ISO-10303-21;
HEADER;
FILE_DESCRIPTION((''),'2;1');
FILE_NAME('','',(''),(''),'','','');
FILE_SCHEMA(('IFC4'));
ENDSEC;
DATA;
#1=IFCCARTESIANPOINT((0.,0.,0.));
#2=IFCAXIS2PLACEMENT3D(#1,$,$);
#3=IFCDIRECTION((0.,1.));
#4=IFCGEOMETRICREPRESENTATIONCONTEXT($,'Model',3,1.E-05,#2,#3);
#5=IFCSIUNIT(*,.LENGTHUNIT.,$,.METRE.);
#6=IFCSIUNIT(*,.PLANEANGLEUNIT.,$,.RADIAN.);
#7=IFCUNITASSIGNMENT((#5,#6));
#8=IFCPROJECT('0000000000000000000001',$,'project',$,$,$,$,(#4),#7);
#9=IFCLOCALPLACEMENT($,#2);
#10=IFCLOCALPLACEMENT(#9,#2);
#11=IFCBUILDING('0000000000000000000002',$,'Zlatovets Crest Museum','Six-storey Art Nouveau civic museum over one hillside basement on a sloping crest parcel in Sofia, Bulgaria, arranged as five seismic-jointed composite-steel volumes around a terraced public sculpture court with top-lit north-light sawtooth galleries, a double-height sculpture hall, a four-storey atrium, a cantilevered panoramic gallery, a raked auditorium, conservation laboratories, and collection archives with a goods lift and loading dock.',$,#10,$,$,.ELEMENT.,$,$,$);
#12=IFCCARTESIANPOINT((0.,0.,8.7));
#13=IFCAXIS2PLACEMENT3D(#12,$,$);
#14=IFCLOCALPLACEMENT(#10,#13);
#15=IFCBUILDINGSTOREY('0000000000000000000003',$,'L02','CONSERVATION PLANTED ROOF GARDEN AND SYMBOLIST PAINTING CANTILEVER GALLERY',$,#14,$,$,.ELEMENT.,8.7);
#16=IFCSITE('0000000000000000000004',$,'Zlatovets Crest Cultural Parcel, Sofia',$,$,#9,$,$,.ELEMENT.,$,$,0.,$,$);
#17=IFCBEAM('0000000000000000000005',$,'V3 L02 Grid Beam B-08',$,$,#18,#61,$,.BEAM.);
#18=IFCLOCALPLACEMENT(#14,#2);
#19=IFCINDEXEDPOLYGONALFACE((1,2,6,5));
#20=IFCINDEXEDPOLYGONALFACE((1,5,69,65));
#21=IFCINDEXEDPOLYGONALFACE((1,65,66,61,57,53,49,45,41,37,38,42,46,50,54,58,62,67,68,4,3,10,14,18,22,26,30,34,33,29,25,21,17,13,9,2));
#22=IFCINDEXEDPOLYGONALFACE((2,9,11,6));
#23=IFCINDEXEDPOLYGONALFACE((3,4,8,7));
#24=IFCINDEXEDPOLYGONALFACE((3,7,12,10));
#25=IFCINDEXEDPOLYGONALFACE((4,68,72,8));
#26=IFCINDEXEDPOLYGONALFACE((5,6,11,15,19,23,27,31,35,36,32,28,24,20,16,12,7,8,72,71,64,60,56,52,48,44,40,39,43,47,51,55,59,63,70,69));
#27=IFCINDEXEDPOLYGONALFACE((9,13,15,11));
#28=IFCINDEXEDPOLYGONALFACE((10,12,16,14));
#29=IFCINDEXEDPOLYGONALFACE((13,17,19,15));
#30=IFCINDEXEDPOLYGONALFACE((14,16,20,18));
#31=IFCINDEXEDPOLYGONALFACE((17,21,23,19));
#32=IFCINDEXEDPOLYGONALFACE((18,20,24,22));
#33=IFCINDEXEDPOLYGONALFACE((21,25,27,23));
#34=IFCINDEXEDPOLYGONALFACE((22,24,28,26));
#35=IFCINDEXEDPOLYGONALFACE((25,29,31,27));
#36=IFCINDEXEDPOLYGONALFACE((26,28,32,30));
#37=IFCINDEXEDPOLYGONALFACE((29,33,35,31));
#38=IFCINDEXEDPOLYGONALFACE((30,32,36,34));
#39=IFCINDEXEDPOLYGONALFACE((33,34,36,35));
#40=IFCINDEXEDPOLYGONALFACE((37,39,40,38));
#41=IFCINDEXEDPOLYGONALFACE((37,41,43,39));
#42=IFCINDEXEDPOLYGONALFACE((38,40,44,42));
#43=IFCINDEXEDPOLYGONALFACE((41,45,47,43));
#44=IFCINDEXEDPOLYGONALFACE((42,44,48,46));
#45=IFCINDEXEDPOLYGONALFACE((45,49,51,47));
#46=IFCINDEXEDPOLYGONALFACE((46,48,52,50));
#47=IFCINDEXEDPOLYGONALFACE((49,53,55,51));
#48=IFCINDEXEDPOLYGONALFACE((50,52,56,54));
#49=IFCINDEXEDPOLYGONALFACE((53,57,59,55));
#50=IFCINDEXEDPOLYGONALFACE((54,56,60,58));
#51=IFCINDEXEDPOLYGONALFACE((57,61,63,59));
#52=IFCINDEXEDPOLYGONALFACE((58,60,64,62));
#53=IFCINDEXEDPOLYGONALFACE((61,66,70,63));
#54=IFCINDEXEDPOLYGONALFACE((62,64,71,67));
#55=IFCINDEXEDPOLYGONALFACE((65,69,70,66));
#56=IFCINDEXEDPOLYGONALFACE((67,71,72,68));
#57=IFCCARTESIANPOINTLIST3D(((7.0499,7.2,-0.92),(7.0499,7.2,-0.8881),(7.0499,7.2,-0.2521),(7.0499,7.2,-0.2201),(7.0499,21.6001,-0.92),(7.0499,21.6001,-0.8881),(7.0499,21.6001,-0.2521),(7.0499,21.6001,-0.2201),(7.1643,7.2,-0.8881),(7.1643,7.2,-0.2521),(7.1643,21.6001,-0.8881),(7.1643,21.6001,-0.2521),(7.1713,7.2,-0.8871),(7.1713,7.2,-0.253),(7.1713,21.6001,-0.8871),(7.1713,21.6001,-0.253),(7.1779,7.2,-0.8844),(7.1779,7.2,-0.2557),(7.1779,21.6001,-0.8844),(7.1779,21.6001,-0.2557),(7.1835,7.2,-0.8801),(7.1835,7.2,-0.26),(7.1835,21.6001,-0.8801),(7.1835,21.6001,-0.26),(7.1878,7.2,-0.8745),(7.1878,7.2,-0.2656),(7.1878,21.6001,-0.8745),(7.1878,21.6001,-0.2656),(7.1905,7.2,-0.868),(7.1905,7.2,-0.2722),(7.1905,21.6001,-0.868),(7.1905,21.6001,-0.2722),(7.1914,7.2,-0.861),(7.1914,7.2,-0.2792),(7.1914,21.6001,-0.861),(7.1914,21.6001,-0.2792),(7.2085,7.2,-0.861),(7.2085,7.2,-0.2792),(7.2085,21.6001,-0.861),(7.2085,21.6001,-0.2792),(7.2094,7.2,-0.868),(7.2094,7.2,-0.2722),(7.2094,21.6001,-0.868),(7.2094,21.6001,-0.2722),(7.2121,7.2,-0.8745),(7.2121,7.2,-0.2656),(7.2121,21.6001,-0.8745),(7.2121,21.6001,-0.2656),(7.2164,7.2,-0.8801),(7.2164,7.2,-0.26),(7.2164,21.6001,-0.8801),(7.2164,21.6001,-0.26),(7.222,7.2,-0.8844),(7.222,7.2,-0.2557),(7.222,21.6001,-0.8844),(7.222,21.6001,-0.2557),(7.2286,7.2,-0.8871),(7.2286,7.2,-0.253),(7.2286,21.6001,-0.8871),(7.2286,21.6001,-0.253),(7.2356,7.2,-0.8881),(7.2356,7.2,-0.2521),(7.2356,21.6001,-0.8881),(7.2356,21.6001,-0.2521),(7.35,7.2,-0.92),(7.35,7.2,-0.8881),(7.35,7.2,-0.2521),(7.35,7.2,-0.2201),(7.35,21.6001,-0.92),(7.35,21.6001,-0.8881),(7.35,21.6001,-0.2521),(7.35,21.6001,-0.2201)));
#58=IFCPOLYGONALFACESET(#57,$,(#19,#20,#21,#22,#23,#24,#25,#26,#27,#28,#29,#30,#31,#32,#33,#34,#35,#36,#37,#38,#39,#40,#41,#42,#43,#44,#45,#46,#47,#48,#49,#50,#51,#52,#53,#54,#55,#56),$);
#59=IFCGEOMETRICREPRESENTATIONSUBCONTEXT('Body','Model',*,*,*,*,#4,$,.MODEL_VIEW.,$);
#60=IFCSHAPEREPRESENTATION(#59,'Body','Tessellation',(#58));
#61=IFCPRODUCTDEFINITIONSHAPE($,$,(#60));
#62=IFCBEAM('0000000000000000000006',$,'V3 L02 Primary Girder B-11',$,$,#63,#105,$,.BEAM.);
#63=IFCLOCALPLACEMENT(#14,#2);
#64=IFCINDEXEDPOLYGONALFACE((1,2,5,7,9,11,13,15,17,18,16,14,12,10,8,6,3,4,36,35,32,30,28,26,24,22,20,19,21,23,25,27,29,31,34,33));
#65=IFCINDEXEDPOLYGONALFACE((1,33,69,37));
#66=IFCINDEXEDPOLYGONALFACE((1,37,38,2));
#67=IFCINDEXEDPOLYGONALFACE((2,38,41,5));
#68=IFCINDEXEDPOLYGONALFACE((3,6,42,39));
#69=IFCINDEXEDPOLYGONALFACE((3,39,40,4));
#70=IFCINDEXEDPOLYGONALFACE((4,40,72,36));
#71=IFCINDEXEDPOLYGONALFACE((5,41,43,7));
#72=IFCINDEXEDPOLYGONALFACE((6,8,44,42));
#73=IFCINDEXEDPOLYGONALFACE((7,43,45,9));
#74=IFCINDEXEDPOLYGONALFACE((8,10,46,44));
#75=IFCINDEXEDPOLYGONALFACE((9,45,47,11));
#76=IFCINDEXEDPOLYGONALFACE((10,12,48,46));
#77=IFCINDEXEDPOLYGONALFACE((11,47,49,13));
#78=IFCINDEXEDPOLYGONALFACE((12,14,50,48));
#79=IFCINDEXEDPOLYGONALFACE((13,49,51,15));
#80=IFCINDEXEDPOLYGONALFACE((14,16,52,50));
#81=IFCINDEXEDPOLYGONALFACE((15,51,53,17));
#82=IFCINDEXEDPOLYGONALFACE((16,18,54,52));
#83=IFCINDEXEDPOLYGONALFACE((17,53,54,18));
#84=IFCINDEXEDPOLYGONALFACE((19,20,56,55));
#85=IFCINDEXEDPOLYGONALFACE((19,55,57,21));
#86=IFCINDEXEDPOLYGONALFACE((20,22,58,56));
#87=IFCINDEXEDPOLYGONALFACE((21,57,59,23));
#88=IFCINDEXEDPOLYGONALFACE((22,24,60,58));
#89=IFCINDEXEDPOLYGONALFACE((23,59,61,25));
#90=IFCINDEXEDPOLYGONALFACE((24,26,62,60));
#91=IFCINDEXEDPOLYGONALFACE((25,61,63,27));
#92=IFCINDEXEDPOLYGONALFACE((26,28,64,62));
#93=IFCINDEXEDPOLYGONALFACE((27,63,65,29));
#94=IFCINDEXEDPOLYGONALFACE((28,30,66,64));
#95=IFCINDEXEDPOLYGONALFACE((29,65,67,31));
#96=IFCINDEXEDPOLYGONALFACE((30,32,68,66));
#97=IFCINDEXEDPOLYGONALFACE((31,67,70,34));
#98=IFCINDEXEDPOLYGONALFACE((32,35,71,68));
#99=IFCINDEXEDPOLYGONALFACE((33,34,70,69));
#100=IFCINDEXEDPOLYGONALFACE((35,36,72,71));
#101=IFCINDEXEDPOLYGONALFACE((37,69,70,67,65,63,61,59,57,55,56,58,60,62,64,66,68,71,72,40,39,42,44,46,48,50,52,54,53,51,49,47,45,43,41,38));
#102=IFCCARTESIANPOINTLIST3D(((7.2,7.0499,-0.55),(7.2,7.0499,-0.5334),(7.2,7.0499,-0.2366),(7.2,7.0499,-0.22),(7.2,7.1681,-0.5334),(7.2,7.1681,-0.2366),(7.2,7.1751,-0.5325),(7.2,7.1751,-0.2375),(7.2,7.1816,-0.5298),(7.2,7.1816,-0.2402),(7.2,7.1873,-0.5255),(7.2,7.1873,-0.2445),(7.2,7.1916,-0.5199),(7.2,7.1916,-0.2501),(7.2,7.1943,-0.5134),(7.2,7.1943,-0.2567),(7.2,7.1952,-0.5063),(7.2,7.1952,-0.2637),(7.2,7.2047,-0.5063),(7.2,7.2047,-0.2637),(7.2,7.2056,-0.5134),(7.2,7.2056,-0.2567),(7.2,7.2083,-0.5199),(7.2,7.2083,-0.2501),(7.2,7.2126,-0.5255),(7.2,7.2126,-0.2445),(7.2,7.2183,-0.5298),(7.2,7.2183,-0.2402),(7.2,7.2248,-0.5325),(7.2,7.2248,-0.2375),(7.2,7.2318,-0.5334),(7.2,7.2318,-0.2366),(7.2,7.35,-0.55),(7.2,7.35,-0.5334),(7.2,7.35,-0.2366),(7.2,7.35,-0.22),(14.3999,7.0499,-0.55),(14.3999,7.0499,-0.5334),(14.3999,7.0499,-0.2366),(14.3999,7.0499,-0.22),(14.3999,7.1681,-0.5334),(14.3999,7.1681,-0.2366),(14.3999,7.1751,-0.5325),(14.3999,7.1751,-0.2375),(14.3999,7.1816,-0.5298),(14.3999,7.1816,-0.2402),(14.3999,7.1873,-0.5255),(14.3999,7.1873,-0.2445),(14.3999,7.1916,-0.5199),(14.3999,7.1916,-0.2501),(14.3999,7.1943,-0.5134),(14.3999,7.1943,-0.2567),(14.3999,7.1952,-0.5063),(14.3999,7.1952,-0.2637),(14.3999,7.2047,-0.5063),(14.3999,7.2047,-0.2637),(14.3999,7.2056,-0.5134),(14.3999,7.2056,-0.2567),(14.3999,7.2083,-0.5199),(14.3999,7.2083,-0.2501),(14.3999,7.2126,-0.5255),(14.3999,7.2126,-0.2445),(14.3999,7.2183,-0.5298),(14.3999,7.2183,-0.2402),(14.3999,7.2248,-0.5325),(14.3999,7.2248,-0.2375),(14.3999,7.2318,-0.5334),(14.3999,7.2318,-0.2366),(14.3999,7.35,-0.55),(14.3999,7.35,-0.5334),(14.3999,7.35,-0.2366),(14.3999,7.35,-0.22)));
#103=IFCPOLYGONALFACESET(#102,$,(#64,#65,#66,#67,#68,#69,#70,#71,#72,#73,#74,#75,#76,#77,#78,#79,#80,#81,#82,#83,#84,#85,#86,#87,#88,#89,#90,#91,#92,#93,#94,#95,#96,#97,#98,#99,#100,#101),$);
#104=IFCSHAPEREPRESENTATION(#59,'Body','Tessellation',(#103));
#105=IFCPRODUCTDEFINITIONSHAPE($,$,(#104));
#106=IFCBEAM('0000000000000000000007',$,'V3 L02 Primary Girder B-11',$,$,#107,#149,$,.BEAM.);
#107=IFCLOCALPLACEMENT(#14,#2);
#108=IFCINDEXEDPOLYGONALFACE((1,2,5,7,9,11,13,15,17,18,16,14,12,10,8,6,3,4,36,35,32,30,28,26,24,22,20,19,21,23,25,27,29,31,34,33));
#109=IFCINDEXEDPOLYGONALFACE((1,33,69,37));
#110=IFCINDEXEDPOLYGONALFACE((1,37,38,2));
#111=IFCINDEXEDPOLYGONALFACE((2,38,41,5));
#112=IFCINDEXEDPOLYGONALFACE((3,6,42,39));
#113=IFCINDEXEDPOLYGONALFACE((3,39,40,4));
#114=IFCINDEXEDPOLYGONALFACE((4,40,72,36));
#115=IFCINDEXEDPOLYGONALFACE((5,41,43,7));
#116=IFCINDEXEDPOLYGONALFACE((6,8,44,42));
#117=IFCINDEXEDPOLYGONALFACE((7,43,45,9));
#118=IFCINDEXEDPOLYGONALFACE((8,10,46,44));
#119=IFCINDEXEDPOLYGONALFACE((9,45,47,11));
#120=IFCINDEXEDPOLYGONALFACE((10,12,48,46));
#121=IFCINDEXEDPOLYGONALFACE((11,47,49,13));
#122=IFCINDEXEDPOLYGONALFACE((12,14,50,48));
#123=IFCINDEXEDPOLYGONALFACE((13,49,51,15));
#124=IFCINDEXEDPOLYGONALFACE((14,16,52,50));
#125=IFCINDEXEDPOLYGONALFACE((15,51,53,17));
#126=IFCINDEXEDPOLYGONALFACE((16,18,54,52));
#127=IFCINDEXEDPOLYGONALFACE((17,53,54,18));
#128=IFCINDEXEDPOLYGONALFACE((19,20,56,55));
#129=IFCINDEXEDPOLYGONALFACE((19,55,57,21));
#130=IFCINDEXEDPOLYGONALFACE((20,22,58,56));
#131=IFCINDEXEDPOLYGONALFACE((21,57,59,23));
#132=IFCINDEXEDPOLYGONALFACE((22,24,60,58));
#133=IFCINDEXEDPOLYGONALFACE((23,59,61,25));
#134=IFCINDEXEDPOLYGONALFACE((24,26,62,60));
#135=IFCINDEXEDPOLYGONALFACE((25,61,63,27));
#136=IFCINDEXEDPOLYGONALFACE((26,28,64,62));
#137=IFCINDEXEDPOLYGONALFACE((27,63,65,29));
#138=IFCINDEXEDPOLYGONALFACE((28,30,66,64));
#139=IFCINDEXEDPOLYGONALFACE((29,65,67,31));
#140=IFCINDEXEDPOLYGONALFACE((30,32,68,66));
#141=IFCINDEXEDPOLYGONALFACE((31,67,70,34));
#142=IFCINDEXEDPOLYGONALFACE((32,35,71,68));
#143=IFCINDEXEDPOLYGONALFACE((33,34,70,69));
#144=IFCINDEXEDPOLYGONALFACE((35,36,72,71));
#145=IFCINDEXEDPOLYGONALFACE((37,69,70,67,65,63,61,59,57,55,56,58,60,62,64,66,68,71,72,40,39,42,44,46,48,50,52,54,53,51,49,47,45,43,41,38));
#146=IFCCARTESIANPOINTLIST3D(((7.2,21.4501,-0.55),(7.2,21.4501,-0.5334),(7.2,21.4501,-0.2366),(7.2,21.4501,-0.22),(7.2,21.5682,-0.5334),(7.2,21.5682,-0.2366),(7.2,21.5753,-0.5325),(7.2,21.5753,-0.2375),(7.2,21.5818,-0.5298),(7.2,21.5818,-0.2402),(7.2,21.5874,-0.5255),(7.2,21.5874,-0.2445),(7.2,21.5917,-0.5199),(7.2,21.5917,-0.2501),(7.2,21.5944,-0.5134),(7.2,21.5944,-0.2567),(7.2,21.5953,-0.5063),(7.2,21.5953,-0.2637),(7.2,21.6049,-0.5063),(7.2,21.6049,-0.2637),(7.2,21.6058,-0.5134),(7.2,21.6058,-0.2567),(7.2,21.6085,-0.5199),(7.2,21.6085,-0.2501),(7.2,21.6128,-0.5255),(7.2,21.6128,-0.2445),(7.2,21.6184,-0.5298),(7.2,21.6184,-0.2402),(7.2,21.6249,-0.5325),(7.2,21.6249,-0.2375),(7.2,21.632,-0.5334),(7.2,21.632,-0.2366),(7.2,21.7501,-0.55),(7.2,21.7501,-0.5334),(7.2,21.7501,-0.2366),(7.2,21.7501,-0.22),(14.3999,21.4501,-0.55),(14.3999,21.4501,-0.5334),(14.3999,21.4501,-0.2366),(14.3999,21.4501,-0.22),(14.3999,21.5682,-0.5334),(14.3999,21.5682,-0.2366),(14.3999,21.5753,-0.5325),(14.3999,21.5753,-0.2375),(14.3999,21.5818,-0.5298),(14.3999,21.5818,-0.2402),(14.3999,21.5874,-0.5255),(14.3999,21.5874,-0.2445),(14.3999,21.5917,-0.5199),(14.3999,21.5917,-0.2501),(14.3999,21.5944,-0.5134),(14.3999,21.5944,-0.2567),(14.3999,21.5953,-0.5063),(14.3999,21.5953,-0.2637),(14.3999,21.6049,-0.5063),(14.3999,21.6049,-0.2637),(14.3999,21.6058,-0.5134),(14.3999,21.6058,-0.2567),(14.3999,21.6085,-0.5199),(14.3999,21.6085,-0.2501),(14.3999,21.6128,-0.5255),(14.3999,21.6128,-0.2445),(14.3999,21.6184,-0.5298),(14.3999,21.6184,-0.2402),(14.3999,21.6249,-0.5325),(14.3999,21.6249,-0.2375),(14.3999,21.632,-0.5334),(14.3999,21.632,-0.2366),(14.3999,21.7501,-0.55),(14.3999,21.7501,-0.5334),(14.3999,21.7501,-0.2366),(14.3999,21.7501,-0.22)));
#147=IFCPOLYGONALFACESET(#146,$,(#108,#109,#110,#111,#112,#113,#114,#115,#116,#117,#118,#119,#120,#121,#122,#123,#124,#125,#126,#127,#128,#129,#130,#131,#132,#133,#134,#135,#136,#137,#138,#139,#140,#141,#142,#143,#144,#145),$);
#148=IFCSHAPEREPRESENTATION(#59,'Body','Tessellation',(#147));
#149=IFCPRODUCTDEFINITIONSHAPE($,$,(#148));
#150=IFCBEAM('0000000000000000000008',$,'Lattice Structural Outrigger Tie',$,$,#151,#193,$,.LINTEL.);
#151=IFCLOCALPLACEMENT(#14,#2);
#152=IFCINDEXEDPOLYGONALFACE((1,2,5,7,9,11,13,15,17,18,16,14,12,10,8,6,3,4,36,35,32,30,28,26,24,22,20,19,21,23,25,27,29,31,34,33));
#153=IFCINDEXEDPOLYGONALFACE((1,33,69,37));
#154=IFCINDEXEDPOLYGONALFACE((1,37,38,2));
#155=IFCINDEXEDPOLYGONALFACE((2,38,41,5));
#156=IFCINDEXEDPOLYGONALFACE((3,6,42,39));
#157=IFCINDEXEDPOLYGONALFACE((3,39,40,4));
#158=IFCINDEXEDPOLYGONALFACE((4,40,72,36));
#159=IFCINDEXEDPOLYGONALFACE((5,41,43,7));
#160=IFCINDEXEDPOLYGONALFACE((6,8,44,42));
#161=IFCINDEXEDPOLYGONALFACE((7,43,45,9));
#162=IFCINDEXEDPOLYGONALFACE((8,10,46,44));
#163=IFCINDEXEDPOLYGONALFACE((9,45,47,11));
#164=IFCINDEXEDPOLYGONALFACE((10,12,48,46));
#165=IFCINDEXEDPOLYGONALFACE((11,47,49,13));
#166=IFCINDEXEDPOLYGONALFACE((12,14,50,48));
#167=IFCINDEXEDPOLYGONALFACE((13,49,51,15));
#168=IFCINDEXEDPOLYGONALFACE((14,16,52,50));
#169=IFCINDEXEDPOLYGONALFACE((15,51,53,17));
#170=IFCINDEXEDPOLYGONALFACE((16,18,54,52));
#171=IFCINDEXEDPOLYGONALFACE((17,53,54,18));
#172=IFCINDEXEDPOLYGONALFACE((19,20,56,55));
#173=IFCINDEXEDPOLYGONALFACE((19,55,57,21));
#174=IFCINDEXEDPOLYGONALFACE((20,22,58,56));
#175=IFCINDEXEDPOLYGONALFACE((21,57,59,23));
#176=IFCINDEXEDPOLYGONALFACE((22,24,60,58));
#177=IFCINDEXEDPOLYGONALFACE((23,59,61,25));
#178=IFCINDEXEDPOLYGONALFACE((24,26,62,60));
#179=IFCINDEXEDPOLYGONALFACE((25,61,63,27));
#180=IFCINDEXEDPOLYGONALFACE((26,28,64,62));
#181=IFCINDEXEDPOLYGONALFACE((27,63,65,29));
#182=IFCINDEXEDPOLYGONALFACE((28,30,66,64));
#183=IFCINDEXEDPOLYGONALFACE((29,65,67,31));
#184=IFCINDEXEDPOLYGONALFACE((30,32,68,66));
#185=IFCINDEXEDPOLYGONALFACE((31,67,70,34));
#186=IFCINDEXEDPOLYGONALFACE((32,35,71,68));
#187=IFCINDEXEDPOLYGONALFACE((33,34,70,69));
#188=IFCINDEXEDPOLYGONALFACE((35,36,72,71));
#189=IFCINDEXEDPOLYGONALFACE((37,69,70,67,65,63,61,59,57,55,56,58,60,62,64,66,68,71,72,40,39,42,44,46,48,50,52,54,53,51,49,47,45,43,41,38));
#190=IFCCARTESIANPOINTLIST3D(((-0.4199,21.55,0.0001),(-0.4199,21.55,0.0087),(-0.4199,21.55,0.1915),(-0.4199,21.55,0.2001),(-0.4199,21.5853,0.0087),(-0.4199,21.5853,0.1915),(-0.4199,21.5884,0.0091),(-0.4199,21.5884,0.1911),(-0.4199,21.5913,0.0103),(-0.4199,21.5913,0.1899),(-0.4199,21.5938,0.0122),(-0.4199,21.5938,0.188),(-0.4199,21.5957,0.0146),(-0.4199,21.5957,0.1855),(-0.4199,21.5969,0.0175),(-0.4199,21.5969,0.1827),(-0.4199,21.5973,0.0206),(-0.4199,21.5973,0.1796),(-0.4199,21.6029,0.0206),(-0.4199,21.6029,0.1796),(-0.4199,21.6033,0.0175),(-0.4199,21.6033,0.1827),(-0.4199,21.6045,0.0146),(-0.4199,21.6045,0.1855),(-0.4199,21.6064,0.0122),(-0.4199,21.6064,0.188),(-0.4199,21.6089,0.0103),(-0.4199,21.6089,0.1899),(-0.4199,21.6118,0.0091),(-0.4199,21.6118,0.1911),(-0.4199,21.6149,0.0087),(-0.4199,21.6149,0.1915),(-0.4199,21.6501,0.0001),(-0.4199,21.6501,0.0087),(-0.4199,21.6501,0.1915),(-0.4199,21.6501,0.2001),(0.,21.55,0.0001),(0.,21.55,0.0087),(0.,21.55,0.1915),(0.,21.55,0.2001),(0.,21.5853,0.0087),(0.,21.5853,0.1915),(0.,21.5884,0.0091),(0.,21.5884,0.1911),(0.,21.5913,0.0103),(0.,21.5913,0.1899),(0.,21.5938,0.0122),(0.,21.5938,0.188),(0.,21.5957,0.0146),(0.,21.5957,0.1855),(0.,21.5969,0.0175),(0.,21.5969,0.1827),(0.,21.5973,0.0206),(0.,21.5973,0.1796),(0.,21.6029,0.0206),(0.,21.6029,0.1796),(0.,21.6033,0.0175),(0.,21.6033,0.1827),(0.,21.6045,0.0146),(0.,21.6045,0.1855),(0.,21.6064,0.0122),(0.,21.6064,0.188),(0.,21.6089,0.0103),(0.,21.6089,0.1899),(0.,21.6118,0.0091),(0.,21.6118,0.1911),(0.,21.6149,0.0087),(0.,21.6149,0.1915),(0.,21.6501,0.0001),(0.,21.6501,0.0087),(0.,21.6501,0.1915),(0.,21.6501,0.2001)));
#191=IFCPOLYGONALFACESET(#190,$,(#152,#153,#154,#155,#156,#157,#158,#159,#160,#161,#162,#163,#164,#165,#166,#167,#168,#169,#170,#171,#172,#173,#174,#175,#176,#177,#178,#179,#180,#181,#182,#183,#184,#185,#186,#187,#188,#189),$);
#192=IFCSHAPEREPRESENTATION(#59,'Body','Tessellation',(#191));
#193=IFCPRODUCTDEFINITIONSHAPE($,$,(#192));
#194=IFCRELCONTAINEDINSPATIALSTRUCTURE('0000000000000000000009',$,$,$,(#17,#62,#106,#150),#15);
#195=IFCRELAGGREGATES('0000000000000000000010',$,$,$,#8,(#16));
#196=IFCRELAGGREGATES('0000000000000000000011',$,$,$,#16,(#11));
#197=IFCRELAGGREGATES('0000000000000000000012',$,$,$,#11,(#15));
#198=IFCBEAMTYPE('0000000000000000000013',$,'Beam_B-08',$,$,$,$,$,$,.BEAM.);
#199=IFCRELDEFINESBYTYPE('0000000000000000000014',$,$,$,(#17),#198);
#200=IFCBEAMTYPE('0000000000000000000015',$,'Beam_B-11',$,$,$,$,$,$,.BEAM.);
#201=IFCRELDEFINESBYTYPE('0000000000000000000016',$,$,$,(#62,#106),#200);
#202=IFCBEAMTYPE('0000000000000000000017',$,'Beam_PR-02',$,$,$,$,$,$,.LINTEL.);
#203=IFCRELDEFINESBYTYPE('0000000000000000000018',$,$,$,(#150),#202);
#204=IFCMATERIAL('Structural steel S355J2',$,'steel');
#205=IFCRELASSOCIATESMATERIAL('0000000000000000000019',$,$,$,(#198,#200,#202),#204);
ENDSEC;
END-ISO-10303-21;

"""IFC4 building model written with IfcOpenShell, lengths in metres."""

from ifc_helpers import new_model, si_unit, direction, frame, origin, origin_2d, place, context, subcontext, project, spatial, i_section, extrude, material, material_profile, profile_set, type_object, element, save


model = new_model("IFC4")

# Units and contexts
model_context = context("Model", 3, precision=1e-05, world=origin(), true_north=direction((0.0, 1.0)))
body_context = subcontext(model_context, "Body", "Model", "MODEL_VIEW")
ifc_project = project(units=[si_unit("LENGTHUNIT", "METRE"), si_unit("PLANEANGLEUNIT", "RADIAN")], contexts=[model_context])

# Site, building, storey
site_placement = place(None, origin())
site = spatial("IfcSite", under=ifc_project, at=site_placement, Name="Zlatovets Crest Cultural Parcel, Sofia", CompositionType="ELEMENT", RefElevation=0.0)
building_placement = place(site_placement, origin())
building = spatial("IfcBuilding", under=site, at=building_placement, Name="Zlatovets Crest Museum", Description="Six-storey Art Nouveau civic museum over one hillside basement on a sloping crest parcel in Sofia, Bulgaria, arranged as five seismic-jointed composite-steel volumes around a terraced public sculpture court with top-lit north-light sawtooth galleries, a double-height sculpture hall, a four-storey atrium, a cantilevered panoramic gallery, a raked auditorium, conservation laboratories, and collection archives with a goods lift and loading dock.", CompositionType="ELEMENT")
storey_placement = place(building_placement, frame((0.0, 0.0, 8.7)))
storey = spatial("IfcBuildingStorey", under=building, at=storey_placement, Name="L02", Description="CONSERVATION PLANTED ROOF GARDEN AND SYMBOLIST PAINTING CANTILEVER GALLERY", CompositionType="ELEMENT", Elevation=8.7)

# Shared definitions
ifc_material_1 = material(Name="Structural steel S355J2", Category="steel")

# Beams
ifc_material_profile_1 = material_profile(ifc_material_1, i_section(OverallWidth=0.3, OverallDepth=0.7, WebThickness=0.0171, FlangeThickness=0.032, FilletRadius=0.0271, at=origin_2d()), Name="HEB 700")
ifc_profile_set_1 = profile_set([ifc_material_profile_1], Name="Structural steel S355J2")
beam_type_1 = type_object("IfcBeamType", Name="Beam_B-08", PredefinedType="BEAM", material=ifc_profile_set_1)
beam_1_placement = place(storey_placement, frame((7.2, 7.2, -0.5701), z_axis=(0.0, 1.0, 0.0), x_axis=(-1.0, 0.0, 0.0)))
element("IfcBeam", 1, at=beam_1_placement, inside=storey, type_object=beam_type_1, Name="V3 L02 Grid Beam B-08", PredefinedType="BEAM", context=body_context, shape_type="SweptSolid", body=[
    extrude(i_section(OverallWidth=0.3, OverallDepth=0.7, WebThickness=0.0171, FlangeThickness=0.032, FilletRadius=0.0271, at=origin_2d()), origin(), (0.0, 0.0, 1.0), 14.4001),
])
ifc_material_profile_2 = material_profile(ifc_material_1, i_section(OverallWidth=0.3, OverallDepth=0.3301, WebThickness=0.0095, FlangeThickness=0.0166, FilletRadius=0.0271, at=origin_2d()), Name="HEA 340")
ifc_profile_set_2 = profile_set([ifc_material_profile_2], Name="Structural steel S355J2")
beam_type_2 = type_object("IfcBeamType", Name="Beam_B-11", PredefinedType="BEAM", material=ifc_profile_set_2)
for number, where, z_axis, x_axis, name in (
    (2, (7.2, 7.2, -0.385), (1.0, 0.0, 0.0), (0.0, 1.0, 0.0), "V3 L02 Primary Girder B-11"),
    (3, (7.2, 21.6001, -0.385), (1.0, 0.0, 0.0), (0.0, 1.0, 0.0), "V3 L02 Primary Girder B-11"),
):
    element("IfcBeam", number, at=place(storey_placement, frame(where, z_axis=z_axis, x_axis=x_axis)), inside=storey, type_object=beam_type_2, Name=name, PredefinedType="BEAM", context=body_context, shape_type="SweptSolid", body=[
        extrude(i_section(OverallWidth=0.3, OverallDepth=0.3301, WebThickness=0.0095, FlangeThickness=0.0166, FilletRadius=0.0271, at=origin_2d()), origin(), (0.0, 0.0, 1.0), 7.2),
    ])
ifc_material_profile_3 = material_profile(ifc_material_1, i_section(OverallWidth=0.1001, OverallDepth=0.2, WebThickness=0.0056, FlangeThickness=0.0085, FilletRadius=0.012, at=origin_2d()), Name="IPE 200")
ifc_profile_set_3 = profile_set([ifc_material_profile_3], Name="Structural steel S355J2")
beam_type_3 = type_object("IfcBeamType", Name="Beam_PR-02", PredefinedType="LINTEL", material=ifc_profile_set_3)
for number, where, z_axis, x_axis, name in (
    (4, (0.0, 21.6001, 0.1001), (-1.0, 0.0, 0.0), (0.0, -1.0, 0.0), "Lattice Structural Outrigger Tie"),
):
    element("IfcBeam", number, at=place(storey_placement, frame(where, z_axis=z_axis, x_axis=x_axis)), inside=storey, type_object=beam_type_3, Name=name, PredefinedType="LINTEL", context=body_context, shape_type="SweptSolid", body=[
        extrude(i_section(OverallWidth=0.1001, OverallDepth=0.2, WebThickness=0.0056, FlangeThickness=0.0085, FilletRadius=0.012, at=origin_2d()), origin(), (0.0, 0.0, 1.0), 0.4199),
    ])

save(model, "model.ifc")
